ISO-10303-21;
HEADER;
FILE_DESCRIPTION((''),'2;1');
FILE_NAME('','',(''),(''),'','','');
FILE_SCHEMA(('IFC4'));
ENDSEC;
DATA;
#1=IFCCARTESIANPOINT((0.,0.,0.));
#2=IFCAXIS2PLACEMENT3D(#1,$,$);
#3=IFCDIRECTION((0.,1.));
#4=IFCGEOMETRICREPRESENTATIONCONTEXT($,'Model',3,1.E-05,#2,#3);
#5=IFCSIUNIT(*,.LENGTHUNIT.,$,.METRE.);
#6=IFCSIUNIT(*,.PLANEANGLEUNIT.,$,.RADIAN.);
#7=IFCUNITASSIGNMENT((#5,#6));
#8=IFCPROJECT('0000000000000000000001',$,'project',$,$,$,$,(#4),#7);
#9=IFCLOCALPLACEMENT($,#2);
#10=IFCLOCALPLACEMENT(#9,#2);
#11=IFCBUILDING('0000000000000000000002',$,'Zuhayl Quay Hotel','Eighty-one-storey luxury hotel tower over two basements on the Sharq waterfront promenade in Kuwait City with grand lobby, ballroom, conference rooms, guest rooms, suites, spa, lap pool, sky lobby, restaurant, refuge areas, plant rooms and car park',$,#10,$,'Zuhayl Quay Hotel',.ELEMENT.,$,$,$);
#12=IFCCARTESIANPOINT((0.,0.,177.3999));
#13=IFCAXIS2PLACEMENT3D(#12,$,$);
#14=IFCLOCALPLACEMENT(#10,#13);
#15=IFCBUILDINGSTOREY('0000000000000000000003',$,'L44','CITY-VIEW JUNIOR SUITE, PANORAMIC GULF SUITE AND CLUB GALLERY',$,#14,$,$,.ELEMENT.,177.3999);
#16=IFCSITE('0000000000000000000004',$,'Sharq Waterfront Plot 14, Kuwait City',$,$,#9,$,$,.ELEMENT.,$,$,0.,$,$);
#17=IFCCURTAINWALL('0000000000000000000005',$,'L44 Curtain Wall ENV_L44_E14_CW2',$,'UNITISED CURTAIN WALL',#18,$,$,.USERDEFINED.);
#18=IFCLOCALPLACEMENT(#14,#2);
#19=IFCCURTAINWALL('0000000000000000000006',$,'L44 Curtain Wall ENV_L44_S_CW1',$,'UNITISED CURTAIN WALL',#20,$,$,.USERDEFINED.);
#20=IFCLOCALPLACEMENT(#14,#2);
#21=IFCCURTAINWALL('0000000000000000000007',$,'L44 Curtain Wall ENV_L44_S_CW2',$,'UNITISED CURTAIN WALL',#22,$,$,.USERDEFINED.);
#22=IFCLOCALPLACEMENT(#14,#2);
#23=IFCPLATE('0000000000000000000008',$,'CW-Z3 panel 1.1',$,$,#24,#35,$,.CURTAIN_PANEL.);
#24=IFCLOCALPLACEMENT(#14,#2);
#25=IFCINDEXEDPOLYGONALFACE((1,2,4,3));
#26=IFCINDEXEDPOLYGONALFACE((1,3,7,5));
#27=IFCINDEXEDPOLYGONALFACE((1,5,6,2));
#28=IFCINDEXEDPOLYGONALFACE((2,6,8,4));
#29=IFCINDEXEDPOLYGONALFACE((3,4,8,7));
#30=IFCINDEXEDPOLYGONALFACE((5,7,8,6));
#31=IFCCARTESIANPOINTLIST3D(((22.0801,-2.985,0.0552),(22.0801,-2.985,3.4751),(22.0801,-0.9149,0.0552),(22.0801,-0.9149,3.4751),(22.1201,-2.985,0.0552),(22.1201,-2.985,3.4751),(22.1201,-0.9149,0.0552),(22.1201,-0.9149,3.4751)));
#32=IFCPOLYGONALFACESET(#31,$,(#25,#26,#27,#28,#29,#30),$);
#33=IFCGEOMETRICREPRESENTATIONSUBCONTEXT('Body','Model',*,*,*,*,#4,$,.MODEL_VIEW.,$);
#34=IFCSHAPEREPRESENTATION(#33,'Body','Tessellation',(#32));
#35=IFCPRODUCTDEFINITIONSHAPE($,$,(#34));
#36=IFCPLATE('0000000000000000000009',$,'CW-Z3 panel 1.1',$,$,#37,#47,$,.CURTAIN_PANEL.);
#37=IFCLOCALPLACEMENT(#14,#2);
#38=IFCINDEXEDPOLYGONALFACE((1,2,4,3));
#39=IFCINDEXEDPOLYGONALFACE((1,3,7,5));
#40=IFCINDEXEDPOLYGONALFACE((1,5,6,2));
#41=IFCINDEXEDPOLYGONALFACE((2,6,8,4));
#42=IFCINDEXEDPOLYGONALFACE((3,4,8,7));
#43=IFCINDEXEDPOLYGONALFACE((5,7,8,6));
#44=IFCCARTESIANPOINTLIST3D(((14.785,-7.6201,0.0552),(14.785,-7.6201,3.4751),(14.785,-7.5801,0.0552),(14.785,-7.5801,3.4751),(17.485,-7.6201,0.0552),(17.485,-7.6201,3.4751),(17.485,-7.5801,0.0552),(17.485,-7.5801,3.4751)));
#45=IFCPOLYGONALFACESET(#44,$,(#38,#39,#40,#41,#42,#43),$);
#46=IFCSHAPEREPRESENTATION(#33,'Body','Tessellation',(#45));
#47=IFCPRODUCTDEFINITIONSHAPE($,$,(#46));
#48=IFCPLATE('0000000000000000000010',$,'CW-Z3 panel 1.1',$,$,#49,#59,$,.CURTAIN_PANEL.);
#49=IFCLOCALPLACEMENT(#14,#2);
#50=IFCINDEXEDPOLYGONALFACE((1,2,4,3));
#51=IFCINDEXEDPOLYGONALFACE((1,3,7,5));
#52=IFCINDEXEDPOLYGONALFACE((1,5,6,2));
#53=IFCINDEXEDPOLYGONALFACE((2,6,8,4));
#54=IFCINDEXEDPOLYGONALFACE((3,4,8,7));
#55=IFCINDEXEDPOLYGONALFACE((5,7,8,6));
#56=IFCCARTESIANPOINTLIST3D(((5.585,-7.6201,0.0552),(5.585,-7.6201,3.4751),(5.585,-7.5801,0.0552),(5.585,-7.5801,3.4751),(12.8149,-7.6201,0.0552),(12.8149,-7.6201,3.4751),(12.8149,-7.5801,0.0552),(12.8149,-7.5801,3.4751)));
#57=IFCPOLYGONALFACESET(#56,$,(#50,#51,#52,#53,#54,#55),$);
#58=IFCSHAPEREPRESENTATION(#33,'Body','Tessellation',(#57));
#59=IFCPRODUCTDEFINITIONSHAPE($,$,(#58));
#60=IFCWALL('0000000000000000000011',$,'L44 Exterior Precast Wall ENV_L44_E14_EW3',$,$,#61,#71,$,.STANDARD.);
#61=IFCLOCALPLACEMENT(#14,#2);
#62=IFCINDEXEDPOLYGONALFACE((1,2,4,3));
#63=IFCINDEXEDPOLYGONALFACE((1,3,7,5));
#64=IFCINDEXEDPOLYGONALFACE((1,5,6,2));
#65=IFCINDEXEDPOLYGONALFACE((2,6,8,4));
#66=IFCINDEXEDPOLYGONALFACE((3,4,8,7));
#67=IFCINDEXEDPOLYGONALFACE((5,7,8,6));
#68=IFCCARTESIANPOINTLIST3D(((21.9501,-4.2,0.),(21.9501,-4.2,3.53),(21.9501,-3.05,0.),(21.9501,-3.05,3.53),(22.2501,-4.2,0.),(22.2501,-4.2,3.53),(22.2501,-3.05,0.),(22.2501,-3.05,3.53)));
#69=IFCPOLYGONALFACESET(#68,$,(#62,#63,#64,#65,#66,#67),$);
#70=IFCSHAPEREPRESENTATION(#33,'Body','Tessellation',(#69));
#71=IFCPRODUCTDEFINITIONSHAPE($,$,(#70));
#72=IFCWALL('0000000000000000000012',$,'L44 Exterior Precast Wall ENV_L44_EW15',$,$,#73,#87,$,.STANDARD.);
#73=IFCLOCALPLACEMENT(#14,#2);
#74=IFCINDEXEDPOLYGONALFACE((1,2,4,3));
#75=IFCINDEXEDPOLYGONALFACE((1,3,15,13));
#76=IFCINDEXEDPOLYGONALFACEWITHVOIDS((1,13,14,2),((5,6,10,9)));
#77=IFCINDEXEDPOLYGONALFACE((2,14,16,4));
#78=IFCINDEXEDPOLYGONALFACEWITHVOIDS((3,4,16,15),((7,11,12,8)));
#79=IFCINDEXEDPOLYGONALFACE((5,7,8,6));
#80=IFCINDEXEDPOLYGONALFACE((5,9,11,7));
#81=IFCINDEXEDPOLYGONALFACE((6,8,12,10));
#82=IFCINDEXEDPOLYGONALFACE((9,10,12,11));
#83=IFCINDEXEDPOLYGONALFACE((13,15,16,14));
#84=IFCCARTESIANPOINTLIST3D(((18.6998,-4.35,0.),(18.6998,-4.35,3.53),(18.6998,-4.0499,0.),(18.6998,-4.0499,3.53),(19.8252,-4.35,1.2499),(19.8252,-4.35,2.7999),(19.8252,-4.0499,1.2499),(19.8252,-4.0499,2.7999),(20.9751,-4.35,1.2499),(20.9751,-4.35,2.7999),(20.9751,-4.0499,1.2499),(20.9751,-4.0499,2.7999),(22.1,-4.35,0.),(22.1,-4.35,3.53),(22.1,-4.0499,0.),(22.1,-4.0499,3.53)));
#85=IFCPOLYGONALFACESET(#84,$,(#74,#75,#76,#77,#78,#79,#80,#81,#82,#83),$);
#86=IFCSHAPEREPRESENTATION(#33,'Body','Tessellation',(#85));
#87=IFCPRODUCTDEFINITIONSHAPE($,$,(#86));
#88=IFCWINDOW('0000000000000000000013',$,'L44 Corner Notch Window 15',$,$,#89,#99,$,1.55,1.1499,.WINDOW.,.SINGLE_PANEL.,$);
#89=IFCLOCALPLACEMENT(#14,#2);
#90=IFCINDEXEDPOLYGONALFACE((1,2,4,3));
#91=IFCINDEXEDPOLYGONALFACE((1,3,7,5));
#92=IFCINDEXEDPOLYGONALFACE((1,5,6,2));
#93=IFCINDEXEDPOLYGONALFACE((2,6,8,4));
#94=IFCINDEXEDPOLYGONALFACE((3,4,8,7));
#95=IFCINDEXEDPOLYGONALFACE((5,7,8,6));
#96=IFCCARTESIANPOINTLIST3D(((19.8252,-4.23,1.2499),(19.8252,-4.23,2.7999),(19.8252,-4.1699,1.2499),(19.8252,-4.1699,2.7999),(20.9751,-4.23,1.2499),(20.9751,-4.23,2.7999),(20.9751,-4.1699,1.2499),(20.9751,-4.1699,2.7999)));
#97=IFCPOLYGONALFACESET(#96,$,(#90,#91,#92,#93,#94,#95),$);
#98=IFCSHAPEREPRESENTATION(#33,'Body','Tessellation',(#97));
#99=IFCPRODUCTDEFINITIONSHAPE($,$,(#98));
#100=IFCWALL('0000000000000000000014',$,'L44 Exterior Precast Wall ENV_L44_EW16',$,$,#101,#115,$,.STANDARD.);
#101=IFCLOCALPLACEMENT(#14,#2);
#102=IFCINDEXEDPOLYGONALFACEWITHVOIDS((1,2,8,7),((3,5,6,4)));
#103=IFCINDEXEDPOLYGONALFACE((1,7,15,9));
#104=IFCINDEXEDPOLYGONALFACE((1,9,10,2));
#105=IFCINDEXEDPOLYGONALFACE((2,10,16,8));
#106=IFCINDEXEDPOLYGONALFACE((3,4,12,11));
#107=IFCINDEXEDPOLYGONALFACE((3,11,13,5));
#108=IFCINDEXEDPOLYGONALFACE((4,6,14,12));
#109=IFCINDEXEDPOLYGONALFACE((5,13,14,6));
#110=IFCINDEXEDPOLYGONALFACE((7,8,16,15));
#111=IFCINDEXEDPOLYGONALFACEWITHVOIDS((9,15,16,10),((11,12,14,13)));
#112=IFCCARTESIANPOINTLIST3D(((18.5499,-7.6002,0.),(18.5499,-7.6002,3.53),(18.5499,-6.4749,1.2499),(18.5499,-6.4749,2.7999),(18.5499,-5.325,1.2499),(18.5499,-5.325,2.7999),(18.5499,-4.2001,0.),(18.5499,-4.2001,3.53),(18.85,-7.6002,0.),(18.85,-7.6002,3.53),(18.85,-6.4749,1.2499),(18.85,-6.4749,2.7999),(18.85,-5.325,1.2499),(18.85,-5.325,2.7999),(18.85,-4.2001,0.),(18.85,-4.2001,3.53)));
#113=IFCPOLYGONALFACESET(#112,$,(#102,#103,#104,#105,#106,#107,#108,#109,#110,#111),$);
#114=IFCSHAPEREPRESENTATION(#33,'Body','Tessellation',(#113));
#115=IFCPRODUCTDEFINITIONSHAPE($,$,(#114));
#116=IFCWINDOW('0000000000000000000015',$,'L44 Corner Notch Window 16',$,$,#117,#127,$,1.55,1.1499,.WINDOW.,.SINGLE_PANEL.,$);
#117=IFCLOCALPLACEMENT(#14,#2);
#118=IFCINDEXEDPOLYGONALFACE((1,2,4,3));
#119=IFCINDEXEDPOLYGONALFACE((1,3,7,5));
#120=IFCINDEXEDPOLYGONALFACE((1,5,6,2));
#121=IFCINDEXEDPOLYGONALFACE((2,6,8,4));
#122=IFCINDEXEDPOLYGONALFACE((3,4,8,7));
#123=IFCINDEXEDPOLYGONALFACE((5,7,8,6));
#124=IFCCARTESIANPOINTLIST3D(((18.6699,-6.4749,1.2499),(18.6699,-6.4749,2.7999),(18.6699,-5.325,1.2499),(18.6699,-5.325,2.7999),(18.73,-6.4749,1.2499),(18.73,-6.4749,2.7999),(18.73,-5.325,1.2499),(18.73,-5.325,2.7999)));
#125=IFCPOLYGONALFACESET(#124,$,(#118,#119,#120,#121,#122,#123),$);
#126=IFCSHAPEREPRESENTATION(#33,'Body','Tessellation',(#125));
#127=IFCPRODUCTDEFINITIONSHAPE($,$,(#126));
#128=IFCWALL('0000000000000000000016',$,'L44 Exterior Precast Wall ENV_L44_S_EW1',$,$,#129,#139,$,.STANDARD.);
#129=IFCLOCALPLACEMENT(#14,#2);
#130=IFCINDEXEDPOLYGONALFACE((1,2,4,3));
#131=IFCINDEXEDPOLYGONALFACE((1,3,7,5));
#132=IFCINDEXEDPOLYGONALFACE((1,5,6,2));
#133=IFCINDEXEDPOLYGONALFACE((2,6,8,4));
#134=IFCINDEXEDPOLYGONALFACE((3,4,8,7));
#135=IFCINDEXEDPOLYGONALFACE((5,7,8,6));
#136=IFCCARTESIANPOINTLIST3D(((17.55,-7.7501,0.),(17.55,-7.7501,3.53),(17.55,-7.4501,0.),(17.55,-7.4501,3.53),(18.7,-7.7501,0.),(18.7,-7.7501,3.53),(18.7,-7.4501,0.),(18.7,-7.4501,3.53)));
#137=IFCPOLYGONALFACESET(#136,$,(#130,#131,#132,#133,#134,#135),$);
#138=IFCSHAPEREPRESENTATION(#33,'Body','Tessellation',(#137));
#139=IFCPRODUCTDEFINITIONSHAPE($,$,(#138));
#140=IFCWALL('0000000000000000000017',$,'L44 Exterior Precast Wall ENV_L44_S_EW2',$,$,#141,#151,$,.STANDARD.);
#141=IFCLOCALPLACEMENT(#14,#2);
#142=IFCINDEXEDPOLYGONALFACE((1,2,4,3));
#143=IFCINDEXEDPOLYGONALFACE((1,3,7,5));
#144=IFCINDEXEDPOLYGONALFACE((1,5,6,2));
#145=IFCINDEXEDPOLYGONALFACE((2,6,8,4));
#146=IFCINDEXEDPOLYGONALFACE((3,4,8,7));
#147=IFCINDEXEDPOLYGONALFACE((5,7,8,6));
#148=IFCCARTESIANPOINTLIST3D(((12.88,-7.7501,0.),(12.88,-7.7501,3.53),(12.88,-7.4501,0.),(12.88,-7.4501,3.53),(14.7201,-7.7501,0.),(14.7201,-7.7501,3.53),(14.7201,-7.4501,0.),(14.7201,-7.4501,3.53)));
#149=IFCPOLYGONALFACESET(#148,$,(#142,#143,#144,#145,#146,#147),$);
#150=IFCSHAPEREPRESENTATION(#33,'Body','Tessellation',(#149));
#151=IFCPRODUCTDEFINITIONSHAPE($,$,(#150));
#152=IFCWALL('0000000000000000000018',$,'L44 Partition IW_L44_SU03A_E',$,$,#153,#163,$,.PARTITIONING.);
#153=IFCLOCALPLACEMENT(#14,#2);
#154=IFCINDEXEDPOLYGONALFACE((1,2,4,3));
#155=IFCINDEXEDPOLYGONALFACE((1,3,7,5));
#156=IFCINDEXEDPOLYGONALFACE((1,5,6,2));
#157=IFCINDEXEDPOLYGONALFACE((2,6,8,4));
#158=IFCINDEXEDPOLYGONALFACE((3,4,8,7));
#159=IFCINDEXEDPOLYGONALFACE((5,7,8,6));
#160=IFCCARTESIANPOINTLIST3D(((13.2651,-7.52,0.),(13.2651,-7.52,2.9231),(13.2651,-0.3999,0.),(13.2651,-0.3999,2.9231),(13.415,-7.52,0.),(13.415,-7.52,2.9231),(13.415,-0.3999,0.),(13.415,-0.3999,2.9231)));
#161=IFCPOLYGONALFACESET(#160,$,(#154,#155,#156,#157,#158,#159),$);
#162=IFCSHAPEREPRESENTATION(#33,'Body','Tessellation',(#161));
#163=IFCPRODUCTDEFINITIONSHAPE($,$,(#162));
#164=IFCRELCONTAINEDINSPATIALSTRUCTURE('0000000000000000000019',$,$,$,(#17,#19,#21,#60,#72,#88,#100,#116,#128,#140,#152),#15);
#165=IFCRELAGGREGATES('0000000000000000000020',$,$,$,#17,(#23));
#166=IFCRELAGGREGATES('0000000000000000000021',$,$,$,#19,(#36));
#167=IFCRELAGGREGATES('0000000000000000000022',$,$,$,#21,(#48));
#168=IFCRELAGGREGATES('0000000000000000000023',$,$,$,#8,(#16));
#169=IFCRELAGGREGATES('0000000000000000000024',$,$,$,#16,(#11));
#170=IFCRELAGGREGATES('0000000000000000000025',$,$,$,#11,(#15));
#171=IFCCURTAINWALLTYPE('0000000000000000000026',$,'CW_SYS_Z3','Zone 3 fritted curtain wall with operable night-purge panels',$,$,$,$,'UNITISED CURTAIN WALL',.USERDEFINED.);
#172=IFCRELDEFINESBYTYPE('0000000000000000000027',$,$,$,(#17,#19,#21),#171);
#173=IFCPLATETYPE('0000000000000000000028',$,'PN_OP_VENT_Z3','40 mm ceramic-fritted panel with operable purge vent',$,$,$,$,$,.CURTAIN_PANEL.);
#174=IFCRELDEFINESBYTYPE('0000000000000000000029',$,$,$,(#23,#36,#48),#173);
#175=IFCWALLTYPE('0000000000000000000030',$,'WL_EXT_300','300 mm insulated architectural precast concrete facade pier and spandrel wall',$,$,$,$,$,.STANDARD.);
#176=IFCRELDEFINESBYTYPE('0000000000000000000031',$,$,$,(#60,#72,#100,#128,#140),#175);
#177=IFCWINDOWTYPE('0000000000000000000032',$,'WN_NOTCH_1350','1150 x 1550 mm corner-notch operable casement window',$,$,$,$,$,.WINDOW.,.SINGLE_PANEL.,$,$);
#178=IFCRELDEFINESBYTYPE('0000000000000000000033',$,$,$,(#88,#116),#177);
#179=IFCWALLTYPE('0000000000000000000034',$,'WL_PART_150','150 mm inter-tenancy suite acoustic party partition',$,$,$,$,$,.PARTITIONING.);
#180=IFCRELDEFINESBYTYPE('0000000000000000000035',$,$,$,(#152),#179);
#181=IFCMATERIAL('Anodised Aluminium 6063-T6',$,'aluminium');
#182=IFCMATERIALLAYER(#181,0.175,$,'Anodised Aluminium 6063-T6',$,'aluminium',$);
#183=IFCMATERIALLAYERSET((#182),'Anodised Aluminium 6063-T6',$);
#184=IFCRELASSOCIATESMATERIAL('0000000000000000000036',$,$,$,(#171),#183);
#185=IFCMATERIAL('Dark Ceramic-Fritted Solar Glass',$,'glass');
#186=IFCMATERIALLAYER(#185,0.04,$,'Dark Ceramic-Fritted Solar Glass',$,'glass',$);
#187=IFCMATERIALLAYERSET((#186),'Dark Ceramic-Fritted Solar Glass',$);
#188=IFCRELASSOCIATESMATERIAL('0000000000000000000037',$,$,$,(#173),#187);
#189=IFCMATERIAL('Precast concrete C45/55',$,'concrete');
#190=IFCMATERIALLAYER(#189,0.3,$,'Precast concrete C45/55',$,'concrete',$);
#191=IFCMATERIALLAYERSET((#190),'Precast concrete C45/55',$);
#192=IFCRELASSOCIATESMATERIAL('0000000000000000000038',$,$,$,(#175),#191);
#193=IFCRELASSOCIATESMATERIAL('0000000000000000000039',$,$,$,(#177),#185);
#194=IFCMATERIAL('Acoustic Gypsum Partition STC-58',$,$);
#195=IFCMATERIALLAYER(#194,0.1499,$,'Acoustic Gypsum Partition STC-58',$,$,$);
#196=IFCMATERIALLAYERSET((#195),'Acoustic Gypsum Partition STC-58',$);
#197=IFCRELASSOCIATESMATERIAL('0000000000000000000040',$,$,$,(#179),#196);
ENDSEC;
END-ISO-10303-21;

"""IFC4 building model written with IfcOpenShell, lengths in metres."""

from ifc_helpers import new_model, si_unit, direction, frame, frame_2d, origin, origin_2d, place, context, subcontext, project, spatial, rectangle, extrude, material, layer, layer_set, type_object, element, fill, aggregate, save


model = new_model("IFC4")

# Units and contexts
model_context = context("Model", 3, precision=1e-05, world=origin(), true_north=direction((0.0, 1.0)))
body_context = subcontext(model_context, "Body", "Model", "MODEL_VIEW")
ifc_project = project(units=[si_unit("LENGTHUNIT", "METRE"), si_unit("PLANEANGLEUNIT", "RADIAN")], contexts=[model_context])

# Site, building, storey
site_placement = place(None, origin())
site = spatial("IfcSite", under=ifc_project, at=site_placement, Name="Sharq Waterfront Plot 14, Kuwait City", CompositionType="ELEMENT", RefElevation=0.0)
building_placement = place(site_placement, origin())
building = spatial("IfcBuilding", under=site, at=building_placement, Name="Zuhayl Quay Hotel", Description="Eighty-one-storey luxury hotel tower over two basements on the Sharq waterfront promenade in Kuwait City with grand lobby, ballroom, conference rooms, guest rooms, suites, spa, lap pool, sky lobby, restaurant, refuge areas, plant rooms and car park", LongName="Zuhayl Quay Hotel", CompositionType="ELEMENT")
storey_placement = place(building_placement, frame((0.0, 0.0, 177.3999)))
storey = spatial("IfcBuildingStorey", under=building, at=storey_placement, Name="L44", Description="CITY-VIEW JUNIOR SUITE, PANORAMIC GULF SUITE AND CLUB GALLERY", CompositionType="ELEMENT", Elevation=177.3999)

# Curtain wall
ifc_material_1 = material(Name="Anodised Aluminium 6063-T6", Category="aluminium")
ifc_layer_1 = layer(ifc_material_1, 0.175, Name="Anodised Aluminium 6063-T6", Category="aluminium")
ifc_layer_set_1 = layer_set([ifc_layer_1], Name="Anodised Aluminium 6063-T6")
curtain_wall_type = type_object("IfcCurtainWallType", Name="CW_SYS_Z3", Description="Zone 3 fritted curtain wall with operable night-purge panels", ElementType="UNITISED CURTAIN WALL", PredefinedType="USERDEFINED", material=ifc_layer_set_1)
curtain_wall_1_placement = place(storey_placement, origin())
curtain_wall_1 = element("IfcCurtainWall", 1, at=curtain_wall_1_placement, inside=storey, type_object=curtain_wall_type, Name="L44 Curtain Wall ENV_L44_E14_CW2", ObjectType="UNITISED CURTAIN WALL", PredefinedType="USERDEFINED")

# Curtain wall
curtain_wall_2_placement = place(storey_placement, origin())
curtain_wall_2 = element("IfcCurtainWall", 2, at=curtain_wall_2_placement, inside=storey, type_object=curtain_wall_type, Name="L44 Curtain Wall ENV_L44_S_CW1", ObjectType="UNITISED CURTAIN WALL", PredefinedType="USERDEFINED")

# Curtain wall
curtain_wall_3_placement = place(storey_placement, origin())
curtain_wall_3 = element("IfcCurtainWall", 3, at=curtain_wall_3_placement, inside=storey, type_object=curtain_wall_type, Name="L44 Curtain Wall ENV_L44_S_CW2", ObjectType="UNITISED CURTAIN WALL", PredefinedType="USERDEFINED")

# Plates
ifc_material_2 = material(Name="Dark Ceramic-Fritted Solar Glass", Category="glass")
ifc_layer_2 = layer(ifc_material_2, 0.04, Name="Dark Ceramic-Fritted Solar Glass", Category="glass")
ifc_layer_set_2 = layer_set([ifc_layer_2], Name="Dark Ceramic-Fritted Solar Glass")
plate_type = type_object("IfcPlateType", Name="PN_OP_VENT_Z3", Description="40 mm ceramic-fritted panel with operable purge vent", PredefinedType="CURTAIN_PANEL", material=ifc_layer_set_2)
plate_1_placement = place(storey_placement, frame((22.1001, -1.95, 0.0552), z_axis=(0.0, 0.0, 1.0), x_axis=(0.0, -1.0, 0.0)))
plate_1 = element("IfcPlate", 4, at=plate_1_placement, type_object=plate_type, Name="CW-Z3 panel 1.1", PredefinedType="CURTAIN_PANEL", context=body_context, shape_type="SweptSolid", body=[
    extrude(rectangle(XDim=2.0701, YDim=0.04, at=origin_2d()), origin(), (0.0, 0.0, 1.0), 3.4199),
])
aggregate(curtain_wall_1, [plate_1])
plate_2_placement = place(storey_placement, frame((16.135, -7.6001, 0.0552), z_axis=(0.0, 0.0, 1.0), x_axis=(-1.0, 0.0, 0.0)))
plate_2 = element("IfcPlate", 5, at=plate_2_placement, type_object=plate_type, Name="CW-Z3 panel 1.1", PredefinedType="CURTAIN_PANEL", context=body_context, shape_type="SweptSolid", body=[
    extrude(rectangle(XDim=2.7, YDim=0.04, at=origin_2d()), origin(), (0.0, 0.0, 1.0), 3.4199),
])
aggregate(curtain_wall_2, [plate_2])
plate_3_placement = place(storey_placement, frame((9.2, -7.6001, 0.0552), z_axis=(0.0, 0.0, 1.0), x_axis=(-1.0, 0.0, 0.0)))
plate_3 = element("IfcPlate", 6, at=plate_3_placement, type_object=plate_type, Name="CW-Z3 panel 1.1", PredefinedType="CURTAIN_PANEL", context=body_context, shape_type="SweptSolid", body=[
    extrude(rectangle(XDim=7.23, YDim=0.04, at=origin_2d()), origin(), (0.0, 0.0, 1.0), 3.4199),
])
aggregate(curtain_wall_3, [plate_3])

# Wall
ifc_material_3 = material(Name="Precast concrete C45/55", Category="concrete")
ifc_layer_3 = layer(ifc_material_3, 0.3, Name="Precast concrete C45/55", Category="concrete")
ifc_layer_set_3 = layer_set([ifc_layer_3], Name="Precast concrete C45/55")
wall_type_1 = type_object("IfcWallType", Name="WL_EXT_300", Description="300 mm insulated architectural precast concrete facade pier and spandrel wall", PredefinedType="STANDARD", material=ifc_layer_set_3)
wall_1_placement = place(storey_placement, frame((22.1001, -3.05, 0.0), z_axis=(0.0, 0.0, 1.0), x_axis=(0.0, -1.0, 0.0)))
element("IfcWall", 7, at=wall_1_placement, inside=storey, type_object=wall_type_1, Name="L44 Exterior Precast Wall ENV_L44_E14_EW3", PredefinedType="STANDARD", context=body_context, shape_type="SweptSolid", body=[
    extrude(rectangle(XDim=1.1499, YDim=0.3, at=frame_2d((0.575, 0.0))), origin(), (0.0, 0.0, 1.0), 3.53),
])

# Walls, openings, windows
wall_2_placement = place(storey_placement, frame((22.1001, -4.2, 0.0), z_axis=(0.0, 0.0, 1.0), x_axis=(-1.0, 0.0, 0.0)))
wall_2 = element("IfcWall", 8, at=wall_2_placement, inside=storey, type_object=wall_type_1, Name="L44 Exterior Precast Wall ENV_L44_EW15", PredefinedType="STANDARD", context=body_context, shape_type="SweptSolid", body=[
    extrude(rectangle(XDim=3.4001, YDim=0.3, at=frame_2d((1.7002, 0.0))), origin(), (0.0, 0.0, 1.0), 3.53),
])
opening_1_placement = place(wall_2_placement, frame((1.125, 0.0, 1.25)))
opening_1 = element("IfcOpeningElement", 9, at=opening_1_placement, cuts=wall_2, PredefinedType="OPENING", context=body_context, shape_type="SweptSolid", body=[
    extrude(rectangle(XDim=1.1499, YDim=1.55, at=frame_2d((0.575, 0.7749))), frame((0.0, 0.1599, 0.0), z_axis=(0.0, -1.0, 0.0), x_axis=(1.0, 0.0, 0.0)), (0.0, 0.0, 1.0), 0.3201),
])
window_type = type_object("IfcWindowType", Name="WN_NOTCH_1350", Description="1150 x 1550 mm corner-notch operable casement window", PartitioningType="SINGLE_PANEL", PredefinedType="WINDOW", material=ifc_material_2)
window_1_placement = place(opening_1_placement, origin())
window_1 = element("IfcWindow", 10, at=window_1_placement, inside=storey, type_object=window_type, Name="L44 Corner Notch Window 15", OverallHeight=1.55, OverallWidth=1.1499, PartitioningType="SINGLE_PANEL", PredefinedType="WINDOW", context=body_context, shape_type="SweptSolid", body=[
    extrude(rectangle(XDim=1.1499, YDim=1.55, at=frame_2d((0.575, 0.7749))), frame((0.0, 0.03, 0.0), z_axis=(0.0, -1.0, 0.0), x_axis=(1.0, 0.0, 0.0)), (0.0, 0.0, 1.0), 0.0601),
])
fill(opening_1, window_1)
wall_3_placement = place(storey_placement, frame((18.7, -4.2, 0.0), z_axis=(0.0, 0.0, 1.0), x_axis=(0.0, -1.0, 0.0)))
wall_3 = element("IfcWall", 11, at=wall_3_placement, inside=storey, type_object=wall_type_1, Name="L44 Exterior Precast Wall ENV_L44_EW16", PredefinedType="STANDARD", context=body_context, shape_type="SweptSolid", body=[
    extrude(rectangle(XDim=3.4001, YDim=0.3, at=frame_2d((1.7002, 0.0))), origin(), (0.0, 0.0, 1.0), 3.53),
])
opening_2_placement = place(wall_3_placement, frame((1.125, 0.0, 1.25)))
opening_2 = element("IfcOpeningElement", 12, at=opening_2_placement, cuts=wall_3, PredefinedType="OPENING", context=body_context, shape_type="SweptSolid", body=[
    extrude(rectangle(XDim=1.1499, YDim=1.55, at=frame_2d((0.575, 0.7749))), frame((0.0, 0.1599, 0.0), z_axis=(0.0, -1.0, 0.0), x_axis=(1.0, 0.0, 0.0)), (0.0, 0.0, 1.0), 0.3201),
])
window_2_placement = place(opening_2_placement, origin())
window_2 = element("IfcWindow", 13, at=window_2_placement, inside=storey, type_object=window_type, Name="L44 Corner Notch Window 16", OverallHeight=1.55, OverallWidth=1.1499, PartitioningType="SINGLE_PANEL", PredefinedType="WINDOW", context=body_context, shape_type="SweptSolid", body=[
    extrude(rectangle(XDim=1.1499, YDim=1.55, at=frame_2d((0.575, 0.7749))), frame((0.0, 0.03, 0.0), z_axis=(0.0, -1.0, 0.0), x_axis=(1.0, 0.0, 0.0)), (0.0, 0.0, 1.0), 0.0601),
])
fill(opening_2, window_2)

# Walls
wall_4_placement = place(storey_placement, frame((18.7, -7.6001, 0.0), z_axis=(0.0, 0.0, 1.0), x_axis=(-1.0, 0.0, 0.0)))
element("IfcWall", 14, at=wall_4_placement, inside=storey, type_object=wall_type_1, Name="L44 Exterior Precast Wall ENV_L44_S_EW1", PredefinedType="STANDARD", context=body_context, shape_type="SweptSolid", body=[
    extrude(rectangle(XDim=1.1499, YDim=0.3, at=frame_2d((0.575, 0.0))), origin(), (0.0, 0.0, 1.0), 3.53),
])
wall_5_placement = place(storey_placement, frame((14.72, -7.6001, 0.0), z_axis=(0.0, 0.0, 1.0), x_axis=(-1.0, 0.0, 0.0)))
element("IfcWall", 15, at=wall_5_placement, inside=storey, type_object=wall_type_1, Name="L44 Exterior Precast Wall ENV_L44_S_EW2", PredefinedType="STANDARD", context=body_context, shape_type="SweptSolid", body=[
    extrude(rectangle(XDim=1.8401, YDim=0.3, at=frame_2d((0.9199, 0.0))), origin(), (0.0, 0.0, 1.0), 3.53),
])
ifc_material_4 = material(Name="Acoustic Gypsum Partition STC-58")
ifc_layer_4 = layer(ifc_material_4, 0.1499, Name="Acoustic Gypsum Partition STC-58")
ifc_layer_set_4 = layer_set([ifc_layer_4], Name="Acoustic Gypsum Partition STC-58")
wall_type_2 = type_object("IfcWallType", Name="WL_PART_150", Description="150 mm inter-tenancy suite acoustic party partition", PredefinedType="PARTITIONING", material=ifc_layer_set_4)
wall_6_placement = place(storey_placement, frame((13.3401, -7.52, 0.0), z_axis=(0.0, 0.0, 1.0), x_axis=(0.0, 1.0, 0.0)))
element("IfcWall", 16, at=wall_6_placement, inside=storey, type_object=wall_type_2, Name="L44 Partition IW_L44_SU03A_E", PredefinedType="PARTITIONING", context=body_context, shape_type="SweptSolid", body=[
    extrude(rectangle(XDim=7.1201, YDim=0.1499, at=frame_2d((3.5601, 0.0))), origin(), (0.0, 0.0, 1.0), 2.9231),
])

save(model, "model.ifc")
